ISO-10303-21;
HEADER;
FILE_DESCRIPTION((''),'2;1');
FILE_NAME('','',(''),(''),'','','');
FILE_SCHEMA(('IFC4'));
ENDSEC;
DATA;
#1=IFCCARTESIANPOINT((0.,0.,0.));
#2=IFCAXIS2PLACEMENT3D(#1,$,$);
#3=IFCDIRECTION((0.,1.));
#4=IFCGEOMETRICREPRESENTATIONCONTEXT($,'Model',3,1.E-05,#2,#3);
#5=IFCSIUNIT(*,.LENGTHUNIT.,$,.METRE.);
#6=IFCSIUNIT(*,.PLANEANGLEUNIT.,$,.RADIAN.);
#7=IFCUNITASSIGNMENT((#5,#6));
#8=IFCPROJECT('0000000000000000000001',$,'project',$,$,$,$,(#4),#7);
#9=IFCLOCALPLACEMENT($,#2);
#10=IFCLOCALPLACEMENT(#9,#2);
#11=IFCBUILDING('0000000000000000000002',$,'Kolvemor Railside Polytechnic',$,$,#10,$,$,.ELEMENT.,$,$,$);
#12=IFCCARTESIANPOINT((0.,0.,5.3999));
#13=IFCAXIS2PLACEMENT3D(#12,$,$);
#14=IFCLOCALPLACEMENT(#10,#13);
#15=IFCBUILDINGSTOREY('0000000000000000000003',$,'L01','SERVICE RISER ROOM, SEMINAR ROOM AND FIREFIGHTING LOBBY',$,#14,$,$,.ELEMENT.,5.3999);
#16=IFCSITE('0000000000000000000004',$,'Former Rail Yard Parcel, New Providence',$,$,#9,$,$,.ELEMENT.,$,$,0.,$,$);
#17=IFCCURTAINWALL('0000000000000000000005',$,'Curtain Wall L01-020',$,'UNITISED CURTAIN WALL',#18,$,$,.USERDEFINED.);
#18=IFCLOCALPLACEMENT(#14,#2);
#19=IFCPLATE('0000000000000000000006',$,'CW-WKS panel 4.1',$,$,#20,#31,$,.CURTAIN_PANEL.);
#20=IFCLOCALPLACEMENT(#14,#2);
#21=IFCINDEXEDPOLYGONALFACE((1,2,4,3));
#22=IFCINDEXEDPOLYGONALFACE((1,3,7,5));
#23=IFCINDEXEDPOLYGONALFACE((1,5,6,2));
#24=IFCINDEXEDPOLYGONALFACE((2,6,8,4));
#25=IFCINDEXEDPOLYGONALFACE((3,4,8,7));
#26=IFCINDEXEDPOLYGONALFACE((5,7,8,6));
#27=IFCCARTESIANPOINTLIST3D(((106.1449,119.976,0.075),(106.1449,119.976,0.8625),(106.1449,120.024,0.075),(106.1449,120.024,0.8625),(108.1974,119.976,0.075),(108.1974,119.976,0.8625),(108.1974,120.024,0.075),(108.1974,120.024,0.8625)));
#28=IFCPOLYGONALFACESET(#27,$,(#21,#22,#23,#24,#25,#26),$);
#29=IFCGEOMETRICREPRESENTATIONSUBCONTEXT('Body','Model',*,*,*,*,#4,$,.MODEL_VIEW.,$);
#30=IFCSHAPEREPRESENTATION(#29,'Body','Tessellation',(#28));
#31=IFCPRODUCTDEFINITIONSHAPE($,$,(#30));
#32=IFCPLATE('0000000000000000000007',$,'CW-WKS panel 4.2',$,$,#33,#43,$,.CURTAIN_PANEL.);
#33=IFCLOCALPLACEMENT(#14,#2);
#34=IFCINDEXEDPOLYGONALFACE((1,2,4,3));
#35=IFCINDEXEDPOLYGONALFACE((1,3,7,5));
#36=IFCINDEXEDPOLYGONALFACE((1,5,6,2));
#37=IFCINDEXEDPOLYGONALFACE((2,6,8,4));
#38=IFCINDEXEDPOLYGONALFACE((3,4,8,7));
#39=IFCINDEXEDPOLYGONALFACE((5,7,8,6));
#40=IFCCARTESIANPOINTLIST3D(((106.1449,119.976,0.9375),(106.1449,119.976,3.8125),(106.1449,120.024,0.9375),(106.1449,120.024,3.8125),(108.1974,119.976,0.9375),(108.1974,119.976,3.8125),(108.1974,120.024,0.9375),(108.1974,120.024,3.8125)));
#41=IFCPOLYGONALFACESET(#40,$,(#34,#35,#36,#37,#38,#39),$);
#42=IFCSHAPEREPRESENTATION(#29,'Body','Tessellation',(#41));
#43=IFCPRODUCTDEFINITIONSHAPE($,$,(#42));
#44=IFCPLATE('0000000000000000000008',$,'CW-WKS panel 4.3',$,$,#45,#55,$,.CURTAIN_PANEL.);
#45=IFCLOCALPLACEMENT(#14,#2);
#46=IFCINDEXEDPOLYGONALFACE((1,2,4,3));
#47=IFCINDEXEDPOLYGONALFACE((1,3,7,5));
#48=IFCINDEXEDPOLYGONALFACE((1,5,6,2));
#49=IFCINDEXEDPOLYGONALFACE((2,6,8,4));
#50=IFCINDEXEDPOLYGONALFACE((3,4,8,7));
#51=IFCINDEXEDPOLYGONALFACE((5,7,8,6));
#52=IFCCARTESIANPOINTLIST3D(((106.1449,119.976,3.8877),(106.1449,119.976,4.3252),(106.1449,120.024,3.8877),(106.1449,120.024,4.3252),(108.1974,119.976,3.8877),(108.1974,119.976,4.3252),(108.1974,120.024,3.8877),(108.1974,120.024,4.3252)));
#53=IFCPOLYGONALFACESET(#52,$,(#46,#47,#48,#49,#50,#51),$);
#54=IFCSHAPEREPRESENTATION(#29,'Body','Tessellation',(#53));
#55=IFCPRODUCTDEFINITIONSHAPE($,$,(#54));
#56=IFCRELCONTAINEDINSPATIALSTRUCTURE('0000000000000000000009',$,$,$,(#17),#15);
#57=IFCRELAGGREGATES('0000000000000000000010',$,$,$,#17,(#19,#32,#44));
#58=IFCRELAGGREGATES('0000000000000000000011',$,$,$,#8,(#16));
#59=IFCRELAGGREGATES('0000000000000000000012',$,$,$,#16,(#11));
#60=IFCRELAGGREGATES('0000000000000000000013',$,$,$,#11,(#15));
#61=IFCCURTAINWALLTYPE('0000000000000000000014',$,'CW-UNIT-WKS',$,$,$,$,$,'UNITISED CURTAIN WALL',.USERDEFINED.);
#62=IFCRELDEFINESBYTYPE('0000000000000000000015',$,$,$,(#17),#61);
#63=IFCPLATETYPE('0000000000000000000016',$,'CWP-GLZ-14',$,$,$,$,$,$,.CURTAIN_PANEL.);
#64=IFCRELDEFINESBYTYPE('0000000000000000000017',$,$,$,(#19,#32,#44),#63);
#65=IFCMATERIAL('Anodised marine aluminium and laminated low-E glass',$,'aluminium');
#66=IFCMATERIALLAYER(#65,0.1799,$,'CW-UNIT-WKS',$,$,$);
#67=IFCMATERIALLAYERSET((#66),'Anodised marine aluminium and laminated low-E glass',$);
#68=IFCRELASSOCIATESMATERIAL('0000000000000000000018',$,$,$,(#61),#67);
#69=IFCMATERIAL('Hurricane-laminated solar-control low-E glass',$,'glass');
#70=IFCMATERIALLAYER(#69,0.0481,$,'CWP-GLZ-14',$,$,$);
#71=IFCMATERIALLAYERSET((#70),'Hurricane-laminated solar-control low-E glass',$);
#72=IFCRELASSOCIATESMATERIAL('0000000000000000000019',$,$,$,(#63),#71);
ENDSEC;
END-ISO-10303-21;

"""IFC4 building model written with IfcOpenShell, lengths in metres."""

from ifc_helpers import new_model, si_unit, direction, frame, origin, origin_2d, place, context, subcontext, project, spatial, rectangle, extrude, material, layer, layer_set, type_object, element, aggregate, save


model = new_model("IFC4")

# Units and contexts
model_context = context("Model", 3, precision=1e-05, world=origin(), true_north=direction((0.0, 1.0)))
body_context = subcontext(model_context, "Body", "Model", "MODEL_VIEW")
ifc_project = project(units=[si_unit("LENGTHUNIT", "METRE"), si_unit("PLANEANGLEUNIT", "RADIAN")], contexts=[model_context])

# Site, building, storey
site_placement = place(None, origin())
site = spatial("IfcSite", under=ifc_project, at=site_placement, Name="Former Rail Yard Parcel, New Providence", CompositionType="ELEMENT", RefElevation=0.0)
building_placement = place(site_placement, origin())
building = spatial("IfcBuilding", under=site, at=building_placement, Name="Kolvemor Railside Polytechnic", CompositionType="ELEMENT")
storey_placement = place(building_placement, frame((0.0, 0.0, 5.3999)))
storey = spatial("IfcBuildingStorey", under=building, at=storey_placement, Name="L01", Description="SERVICE RISER ROOM, SEMINAR ROOM AND FIREFIGHTING LOBBY", CompositionType="ELEMENT", Elevation=5.3999)

# Shared definitions
ifc_material_1 = material(Name="Anodised marine aluminium and laminated low-E glass", Category="aluminium")
ifc_layer_1 = layer(ifc_material_1, 0.1799, Name="CW-UNIT-WKS")
ifc_layer_set_1 = layer_set([ifc_layer_1], Name="Anodised marine aluminium and laminated low-E glass")
curtain_wall_type = type_object("IfcCurtainWallType", Name="CW-UNIT-WKS", ElementType="UNITISED CURTAIN WALL", PredefinedType="USERDEFINED", material=ifc_layer_set_1)

# Curtain wall
curtain_wall_1_placement = place(storey_placement, origin())
curtain_wall_1 = element("IfcCurtainWall", 1, at=curtain_wall_1_placement, inside=storey, type_object=curtain_wall_type, Name="Curtain Wall L01-020", ObjectType="UNITISED CURTAIN WALL", PredefinedType="USERDEFINED")

# Plates
ifc_material_2 = material(Name="Hurricane-laminated solar-control low-E glass", Category="glass")
ifc_layer_2 = layer(ifc_material_2, 0.0481, Name="CWP-GLZ-14")
ifc_layer_set_2 = layer_set([ifc_layer_2], Name="Hurricane-laminated solar-control low-E glass")
plate_type_1 = type_object("IfcPlateType", Name="CWP-GLZ-14", PredefinedType="CURTAIN_PANEL", material=ifc_layer_set_2)
plate_1_placement = place(storey_placement, frame((107.1711, 120.0, 0.075), z_axis=(0.0, 0.0, 1.0), x_axis=(-1.0, 0.0, 0.0)))
plate_1 = element("IfcPlate", 2, at=plate_1_placement, type_object=plate_type_1, Name="CW-WKS panel 4.1", PredefinedType="CURTAIN_PANEL", context=body_context, shape_type="SweptSolid", body=[
    extrude(rectangle(XDim=2.0525, YDim=0.0481, at=origin_2d()), origin(), (0.0, 0.0, 1.0), 0.7876),
])
plate_2_placement = place(storey_placement, frame((107.1711, 120.0, 0.9375), z_axis=(0.0, 0.0, 1.0), x_axis=(-1.0, 0.0, 0.0)))
plate_2 = element("IfcPlate", 3, at=plate_2_placement, type_object=plate_type_1, Name="CW-WKS panel 4.2", PredefinedType="CURTAIN_PANEL", context=body_context, shape_type="SweptSolid", body=[
    extrude(rectangle(XDim=2.0525, YDim=0.0481, at=origin_2d()), origin(), (0.0, 0.0, 1.0), 2.875),
])
plate_3_placement = place(storey_placement, frame((107.1711, 120.0, 3.8877), z_axis=(0.0, 0.0, 1.0), x_axis=(-1.0, 0.0, 0.0)))
plate_3 = element("IfcPlate", 4, at=plate_3_placement, type_object=plate_type_1, Name="CW-WKS panel 4.3", PredefinedType="CURTAIN_PANEL", context=body_context, shape_type="SweptSolid", body=[
    extrude(rectangle(XDim=2.0525, YDim=0.0481, at=origin_2d()), origin(), (0.0, 0.0, 1.0), 0.4375),
])
aggregate(curtain_wall_1, [plate_1, plate_2, plate_3])

save(model, "model.ifc")
